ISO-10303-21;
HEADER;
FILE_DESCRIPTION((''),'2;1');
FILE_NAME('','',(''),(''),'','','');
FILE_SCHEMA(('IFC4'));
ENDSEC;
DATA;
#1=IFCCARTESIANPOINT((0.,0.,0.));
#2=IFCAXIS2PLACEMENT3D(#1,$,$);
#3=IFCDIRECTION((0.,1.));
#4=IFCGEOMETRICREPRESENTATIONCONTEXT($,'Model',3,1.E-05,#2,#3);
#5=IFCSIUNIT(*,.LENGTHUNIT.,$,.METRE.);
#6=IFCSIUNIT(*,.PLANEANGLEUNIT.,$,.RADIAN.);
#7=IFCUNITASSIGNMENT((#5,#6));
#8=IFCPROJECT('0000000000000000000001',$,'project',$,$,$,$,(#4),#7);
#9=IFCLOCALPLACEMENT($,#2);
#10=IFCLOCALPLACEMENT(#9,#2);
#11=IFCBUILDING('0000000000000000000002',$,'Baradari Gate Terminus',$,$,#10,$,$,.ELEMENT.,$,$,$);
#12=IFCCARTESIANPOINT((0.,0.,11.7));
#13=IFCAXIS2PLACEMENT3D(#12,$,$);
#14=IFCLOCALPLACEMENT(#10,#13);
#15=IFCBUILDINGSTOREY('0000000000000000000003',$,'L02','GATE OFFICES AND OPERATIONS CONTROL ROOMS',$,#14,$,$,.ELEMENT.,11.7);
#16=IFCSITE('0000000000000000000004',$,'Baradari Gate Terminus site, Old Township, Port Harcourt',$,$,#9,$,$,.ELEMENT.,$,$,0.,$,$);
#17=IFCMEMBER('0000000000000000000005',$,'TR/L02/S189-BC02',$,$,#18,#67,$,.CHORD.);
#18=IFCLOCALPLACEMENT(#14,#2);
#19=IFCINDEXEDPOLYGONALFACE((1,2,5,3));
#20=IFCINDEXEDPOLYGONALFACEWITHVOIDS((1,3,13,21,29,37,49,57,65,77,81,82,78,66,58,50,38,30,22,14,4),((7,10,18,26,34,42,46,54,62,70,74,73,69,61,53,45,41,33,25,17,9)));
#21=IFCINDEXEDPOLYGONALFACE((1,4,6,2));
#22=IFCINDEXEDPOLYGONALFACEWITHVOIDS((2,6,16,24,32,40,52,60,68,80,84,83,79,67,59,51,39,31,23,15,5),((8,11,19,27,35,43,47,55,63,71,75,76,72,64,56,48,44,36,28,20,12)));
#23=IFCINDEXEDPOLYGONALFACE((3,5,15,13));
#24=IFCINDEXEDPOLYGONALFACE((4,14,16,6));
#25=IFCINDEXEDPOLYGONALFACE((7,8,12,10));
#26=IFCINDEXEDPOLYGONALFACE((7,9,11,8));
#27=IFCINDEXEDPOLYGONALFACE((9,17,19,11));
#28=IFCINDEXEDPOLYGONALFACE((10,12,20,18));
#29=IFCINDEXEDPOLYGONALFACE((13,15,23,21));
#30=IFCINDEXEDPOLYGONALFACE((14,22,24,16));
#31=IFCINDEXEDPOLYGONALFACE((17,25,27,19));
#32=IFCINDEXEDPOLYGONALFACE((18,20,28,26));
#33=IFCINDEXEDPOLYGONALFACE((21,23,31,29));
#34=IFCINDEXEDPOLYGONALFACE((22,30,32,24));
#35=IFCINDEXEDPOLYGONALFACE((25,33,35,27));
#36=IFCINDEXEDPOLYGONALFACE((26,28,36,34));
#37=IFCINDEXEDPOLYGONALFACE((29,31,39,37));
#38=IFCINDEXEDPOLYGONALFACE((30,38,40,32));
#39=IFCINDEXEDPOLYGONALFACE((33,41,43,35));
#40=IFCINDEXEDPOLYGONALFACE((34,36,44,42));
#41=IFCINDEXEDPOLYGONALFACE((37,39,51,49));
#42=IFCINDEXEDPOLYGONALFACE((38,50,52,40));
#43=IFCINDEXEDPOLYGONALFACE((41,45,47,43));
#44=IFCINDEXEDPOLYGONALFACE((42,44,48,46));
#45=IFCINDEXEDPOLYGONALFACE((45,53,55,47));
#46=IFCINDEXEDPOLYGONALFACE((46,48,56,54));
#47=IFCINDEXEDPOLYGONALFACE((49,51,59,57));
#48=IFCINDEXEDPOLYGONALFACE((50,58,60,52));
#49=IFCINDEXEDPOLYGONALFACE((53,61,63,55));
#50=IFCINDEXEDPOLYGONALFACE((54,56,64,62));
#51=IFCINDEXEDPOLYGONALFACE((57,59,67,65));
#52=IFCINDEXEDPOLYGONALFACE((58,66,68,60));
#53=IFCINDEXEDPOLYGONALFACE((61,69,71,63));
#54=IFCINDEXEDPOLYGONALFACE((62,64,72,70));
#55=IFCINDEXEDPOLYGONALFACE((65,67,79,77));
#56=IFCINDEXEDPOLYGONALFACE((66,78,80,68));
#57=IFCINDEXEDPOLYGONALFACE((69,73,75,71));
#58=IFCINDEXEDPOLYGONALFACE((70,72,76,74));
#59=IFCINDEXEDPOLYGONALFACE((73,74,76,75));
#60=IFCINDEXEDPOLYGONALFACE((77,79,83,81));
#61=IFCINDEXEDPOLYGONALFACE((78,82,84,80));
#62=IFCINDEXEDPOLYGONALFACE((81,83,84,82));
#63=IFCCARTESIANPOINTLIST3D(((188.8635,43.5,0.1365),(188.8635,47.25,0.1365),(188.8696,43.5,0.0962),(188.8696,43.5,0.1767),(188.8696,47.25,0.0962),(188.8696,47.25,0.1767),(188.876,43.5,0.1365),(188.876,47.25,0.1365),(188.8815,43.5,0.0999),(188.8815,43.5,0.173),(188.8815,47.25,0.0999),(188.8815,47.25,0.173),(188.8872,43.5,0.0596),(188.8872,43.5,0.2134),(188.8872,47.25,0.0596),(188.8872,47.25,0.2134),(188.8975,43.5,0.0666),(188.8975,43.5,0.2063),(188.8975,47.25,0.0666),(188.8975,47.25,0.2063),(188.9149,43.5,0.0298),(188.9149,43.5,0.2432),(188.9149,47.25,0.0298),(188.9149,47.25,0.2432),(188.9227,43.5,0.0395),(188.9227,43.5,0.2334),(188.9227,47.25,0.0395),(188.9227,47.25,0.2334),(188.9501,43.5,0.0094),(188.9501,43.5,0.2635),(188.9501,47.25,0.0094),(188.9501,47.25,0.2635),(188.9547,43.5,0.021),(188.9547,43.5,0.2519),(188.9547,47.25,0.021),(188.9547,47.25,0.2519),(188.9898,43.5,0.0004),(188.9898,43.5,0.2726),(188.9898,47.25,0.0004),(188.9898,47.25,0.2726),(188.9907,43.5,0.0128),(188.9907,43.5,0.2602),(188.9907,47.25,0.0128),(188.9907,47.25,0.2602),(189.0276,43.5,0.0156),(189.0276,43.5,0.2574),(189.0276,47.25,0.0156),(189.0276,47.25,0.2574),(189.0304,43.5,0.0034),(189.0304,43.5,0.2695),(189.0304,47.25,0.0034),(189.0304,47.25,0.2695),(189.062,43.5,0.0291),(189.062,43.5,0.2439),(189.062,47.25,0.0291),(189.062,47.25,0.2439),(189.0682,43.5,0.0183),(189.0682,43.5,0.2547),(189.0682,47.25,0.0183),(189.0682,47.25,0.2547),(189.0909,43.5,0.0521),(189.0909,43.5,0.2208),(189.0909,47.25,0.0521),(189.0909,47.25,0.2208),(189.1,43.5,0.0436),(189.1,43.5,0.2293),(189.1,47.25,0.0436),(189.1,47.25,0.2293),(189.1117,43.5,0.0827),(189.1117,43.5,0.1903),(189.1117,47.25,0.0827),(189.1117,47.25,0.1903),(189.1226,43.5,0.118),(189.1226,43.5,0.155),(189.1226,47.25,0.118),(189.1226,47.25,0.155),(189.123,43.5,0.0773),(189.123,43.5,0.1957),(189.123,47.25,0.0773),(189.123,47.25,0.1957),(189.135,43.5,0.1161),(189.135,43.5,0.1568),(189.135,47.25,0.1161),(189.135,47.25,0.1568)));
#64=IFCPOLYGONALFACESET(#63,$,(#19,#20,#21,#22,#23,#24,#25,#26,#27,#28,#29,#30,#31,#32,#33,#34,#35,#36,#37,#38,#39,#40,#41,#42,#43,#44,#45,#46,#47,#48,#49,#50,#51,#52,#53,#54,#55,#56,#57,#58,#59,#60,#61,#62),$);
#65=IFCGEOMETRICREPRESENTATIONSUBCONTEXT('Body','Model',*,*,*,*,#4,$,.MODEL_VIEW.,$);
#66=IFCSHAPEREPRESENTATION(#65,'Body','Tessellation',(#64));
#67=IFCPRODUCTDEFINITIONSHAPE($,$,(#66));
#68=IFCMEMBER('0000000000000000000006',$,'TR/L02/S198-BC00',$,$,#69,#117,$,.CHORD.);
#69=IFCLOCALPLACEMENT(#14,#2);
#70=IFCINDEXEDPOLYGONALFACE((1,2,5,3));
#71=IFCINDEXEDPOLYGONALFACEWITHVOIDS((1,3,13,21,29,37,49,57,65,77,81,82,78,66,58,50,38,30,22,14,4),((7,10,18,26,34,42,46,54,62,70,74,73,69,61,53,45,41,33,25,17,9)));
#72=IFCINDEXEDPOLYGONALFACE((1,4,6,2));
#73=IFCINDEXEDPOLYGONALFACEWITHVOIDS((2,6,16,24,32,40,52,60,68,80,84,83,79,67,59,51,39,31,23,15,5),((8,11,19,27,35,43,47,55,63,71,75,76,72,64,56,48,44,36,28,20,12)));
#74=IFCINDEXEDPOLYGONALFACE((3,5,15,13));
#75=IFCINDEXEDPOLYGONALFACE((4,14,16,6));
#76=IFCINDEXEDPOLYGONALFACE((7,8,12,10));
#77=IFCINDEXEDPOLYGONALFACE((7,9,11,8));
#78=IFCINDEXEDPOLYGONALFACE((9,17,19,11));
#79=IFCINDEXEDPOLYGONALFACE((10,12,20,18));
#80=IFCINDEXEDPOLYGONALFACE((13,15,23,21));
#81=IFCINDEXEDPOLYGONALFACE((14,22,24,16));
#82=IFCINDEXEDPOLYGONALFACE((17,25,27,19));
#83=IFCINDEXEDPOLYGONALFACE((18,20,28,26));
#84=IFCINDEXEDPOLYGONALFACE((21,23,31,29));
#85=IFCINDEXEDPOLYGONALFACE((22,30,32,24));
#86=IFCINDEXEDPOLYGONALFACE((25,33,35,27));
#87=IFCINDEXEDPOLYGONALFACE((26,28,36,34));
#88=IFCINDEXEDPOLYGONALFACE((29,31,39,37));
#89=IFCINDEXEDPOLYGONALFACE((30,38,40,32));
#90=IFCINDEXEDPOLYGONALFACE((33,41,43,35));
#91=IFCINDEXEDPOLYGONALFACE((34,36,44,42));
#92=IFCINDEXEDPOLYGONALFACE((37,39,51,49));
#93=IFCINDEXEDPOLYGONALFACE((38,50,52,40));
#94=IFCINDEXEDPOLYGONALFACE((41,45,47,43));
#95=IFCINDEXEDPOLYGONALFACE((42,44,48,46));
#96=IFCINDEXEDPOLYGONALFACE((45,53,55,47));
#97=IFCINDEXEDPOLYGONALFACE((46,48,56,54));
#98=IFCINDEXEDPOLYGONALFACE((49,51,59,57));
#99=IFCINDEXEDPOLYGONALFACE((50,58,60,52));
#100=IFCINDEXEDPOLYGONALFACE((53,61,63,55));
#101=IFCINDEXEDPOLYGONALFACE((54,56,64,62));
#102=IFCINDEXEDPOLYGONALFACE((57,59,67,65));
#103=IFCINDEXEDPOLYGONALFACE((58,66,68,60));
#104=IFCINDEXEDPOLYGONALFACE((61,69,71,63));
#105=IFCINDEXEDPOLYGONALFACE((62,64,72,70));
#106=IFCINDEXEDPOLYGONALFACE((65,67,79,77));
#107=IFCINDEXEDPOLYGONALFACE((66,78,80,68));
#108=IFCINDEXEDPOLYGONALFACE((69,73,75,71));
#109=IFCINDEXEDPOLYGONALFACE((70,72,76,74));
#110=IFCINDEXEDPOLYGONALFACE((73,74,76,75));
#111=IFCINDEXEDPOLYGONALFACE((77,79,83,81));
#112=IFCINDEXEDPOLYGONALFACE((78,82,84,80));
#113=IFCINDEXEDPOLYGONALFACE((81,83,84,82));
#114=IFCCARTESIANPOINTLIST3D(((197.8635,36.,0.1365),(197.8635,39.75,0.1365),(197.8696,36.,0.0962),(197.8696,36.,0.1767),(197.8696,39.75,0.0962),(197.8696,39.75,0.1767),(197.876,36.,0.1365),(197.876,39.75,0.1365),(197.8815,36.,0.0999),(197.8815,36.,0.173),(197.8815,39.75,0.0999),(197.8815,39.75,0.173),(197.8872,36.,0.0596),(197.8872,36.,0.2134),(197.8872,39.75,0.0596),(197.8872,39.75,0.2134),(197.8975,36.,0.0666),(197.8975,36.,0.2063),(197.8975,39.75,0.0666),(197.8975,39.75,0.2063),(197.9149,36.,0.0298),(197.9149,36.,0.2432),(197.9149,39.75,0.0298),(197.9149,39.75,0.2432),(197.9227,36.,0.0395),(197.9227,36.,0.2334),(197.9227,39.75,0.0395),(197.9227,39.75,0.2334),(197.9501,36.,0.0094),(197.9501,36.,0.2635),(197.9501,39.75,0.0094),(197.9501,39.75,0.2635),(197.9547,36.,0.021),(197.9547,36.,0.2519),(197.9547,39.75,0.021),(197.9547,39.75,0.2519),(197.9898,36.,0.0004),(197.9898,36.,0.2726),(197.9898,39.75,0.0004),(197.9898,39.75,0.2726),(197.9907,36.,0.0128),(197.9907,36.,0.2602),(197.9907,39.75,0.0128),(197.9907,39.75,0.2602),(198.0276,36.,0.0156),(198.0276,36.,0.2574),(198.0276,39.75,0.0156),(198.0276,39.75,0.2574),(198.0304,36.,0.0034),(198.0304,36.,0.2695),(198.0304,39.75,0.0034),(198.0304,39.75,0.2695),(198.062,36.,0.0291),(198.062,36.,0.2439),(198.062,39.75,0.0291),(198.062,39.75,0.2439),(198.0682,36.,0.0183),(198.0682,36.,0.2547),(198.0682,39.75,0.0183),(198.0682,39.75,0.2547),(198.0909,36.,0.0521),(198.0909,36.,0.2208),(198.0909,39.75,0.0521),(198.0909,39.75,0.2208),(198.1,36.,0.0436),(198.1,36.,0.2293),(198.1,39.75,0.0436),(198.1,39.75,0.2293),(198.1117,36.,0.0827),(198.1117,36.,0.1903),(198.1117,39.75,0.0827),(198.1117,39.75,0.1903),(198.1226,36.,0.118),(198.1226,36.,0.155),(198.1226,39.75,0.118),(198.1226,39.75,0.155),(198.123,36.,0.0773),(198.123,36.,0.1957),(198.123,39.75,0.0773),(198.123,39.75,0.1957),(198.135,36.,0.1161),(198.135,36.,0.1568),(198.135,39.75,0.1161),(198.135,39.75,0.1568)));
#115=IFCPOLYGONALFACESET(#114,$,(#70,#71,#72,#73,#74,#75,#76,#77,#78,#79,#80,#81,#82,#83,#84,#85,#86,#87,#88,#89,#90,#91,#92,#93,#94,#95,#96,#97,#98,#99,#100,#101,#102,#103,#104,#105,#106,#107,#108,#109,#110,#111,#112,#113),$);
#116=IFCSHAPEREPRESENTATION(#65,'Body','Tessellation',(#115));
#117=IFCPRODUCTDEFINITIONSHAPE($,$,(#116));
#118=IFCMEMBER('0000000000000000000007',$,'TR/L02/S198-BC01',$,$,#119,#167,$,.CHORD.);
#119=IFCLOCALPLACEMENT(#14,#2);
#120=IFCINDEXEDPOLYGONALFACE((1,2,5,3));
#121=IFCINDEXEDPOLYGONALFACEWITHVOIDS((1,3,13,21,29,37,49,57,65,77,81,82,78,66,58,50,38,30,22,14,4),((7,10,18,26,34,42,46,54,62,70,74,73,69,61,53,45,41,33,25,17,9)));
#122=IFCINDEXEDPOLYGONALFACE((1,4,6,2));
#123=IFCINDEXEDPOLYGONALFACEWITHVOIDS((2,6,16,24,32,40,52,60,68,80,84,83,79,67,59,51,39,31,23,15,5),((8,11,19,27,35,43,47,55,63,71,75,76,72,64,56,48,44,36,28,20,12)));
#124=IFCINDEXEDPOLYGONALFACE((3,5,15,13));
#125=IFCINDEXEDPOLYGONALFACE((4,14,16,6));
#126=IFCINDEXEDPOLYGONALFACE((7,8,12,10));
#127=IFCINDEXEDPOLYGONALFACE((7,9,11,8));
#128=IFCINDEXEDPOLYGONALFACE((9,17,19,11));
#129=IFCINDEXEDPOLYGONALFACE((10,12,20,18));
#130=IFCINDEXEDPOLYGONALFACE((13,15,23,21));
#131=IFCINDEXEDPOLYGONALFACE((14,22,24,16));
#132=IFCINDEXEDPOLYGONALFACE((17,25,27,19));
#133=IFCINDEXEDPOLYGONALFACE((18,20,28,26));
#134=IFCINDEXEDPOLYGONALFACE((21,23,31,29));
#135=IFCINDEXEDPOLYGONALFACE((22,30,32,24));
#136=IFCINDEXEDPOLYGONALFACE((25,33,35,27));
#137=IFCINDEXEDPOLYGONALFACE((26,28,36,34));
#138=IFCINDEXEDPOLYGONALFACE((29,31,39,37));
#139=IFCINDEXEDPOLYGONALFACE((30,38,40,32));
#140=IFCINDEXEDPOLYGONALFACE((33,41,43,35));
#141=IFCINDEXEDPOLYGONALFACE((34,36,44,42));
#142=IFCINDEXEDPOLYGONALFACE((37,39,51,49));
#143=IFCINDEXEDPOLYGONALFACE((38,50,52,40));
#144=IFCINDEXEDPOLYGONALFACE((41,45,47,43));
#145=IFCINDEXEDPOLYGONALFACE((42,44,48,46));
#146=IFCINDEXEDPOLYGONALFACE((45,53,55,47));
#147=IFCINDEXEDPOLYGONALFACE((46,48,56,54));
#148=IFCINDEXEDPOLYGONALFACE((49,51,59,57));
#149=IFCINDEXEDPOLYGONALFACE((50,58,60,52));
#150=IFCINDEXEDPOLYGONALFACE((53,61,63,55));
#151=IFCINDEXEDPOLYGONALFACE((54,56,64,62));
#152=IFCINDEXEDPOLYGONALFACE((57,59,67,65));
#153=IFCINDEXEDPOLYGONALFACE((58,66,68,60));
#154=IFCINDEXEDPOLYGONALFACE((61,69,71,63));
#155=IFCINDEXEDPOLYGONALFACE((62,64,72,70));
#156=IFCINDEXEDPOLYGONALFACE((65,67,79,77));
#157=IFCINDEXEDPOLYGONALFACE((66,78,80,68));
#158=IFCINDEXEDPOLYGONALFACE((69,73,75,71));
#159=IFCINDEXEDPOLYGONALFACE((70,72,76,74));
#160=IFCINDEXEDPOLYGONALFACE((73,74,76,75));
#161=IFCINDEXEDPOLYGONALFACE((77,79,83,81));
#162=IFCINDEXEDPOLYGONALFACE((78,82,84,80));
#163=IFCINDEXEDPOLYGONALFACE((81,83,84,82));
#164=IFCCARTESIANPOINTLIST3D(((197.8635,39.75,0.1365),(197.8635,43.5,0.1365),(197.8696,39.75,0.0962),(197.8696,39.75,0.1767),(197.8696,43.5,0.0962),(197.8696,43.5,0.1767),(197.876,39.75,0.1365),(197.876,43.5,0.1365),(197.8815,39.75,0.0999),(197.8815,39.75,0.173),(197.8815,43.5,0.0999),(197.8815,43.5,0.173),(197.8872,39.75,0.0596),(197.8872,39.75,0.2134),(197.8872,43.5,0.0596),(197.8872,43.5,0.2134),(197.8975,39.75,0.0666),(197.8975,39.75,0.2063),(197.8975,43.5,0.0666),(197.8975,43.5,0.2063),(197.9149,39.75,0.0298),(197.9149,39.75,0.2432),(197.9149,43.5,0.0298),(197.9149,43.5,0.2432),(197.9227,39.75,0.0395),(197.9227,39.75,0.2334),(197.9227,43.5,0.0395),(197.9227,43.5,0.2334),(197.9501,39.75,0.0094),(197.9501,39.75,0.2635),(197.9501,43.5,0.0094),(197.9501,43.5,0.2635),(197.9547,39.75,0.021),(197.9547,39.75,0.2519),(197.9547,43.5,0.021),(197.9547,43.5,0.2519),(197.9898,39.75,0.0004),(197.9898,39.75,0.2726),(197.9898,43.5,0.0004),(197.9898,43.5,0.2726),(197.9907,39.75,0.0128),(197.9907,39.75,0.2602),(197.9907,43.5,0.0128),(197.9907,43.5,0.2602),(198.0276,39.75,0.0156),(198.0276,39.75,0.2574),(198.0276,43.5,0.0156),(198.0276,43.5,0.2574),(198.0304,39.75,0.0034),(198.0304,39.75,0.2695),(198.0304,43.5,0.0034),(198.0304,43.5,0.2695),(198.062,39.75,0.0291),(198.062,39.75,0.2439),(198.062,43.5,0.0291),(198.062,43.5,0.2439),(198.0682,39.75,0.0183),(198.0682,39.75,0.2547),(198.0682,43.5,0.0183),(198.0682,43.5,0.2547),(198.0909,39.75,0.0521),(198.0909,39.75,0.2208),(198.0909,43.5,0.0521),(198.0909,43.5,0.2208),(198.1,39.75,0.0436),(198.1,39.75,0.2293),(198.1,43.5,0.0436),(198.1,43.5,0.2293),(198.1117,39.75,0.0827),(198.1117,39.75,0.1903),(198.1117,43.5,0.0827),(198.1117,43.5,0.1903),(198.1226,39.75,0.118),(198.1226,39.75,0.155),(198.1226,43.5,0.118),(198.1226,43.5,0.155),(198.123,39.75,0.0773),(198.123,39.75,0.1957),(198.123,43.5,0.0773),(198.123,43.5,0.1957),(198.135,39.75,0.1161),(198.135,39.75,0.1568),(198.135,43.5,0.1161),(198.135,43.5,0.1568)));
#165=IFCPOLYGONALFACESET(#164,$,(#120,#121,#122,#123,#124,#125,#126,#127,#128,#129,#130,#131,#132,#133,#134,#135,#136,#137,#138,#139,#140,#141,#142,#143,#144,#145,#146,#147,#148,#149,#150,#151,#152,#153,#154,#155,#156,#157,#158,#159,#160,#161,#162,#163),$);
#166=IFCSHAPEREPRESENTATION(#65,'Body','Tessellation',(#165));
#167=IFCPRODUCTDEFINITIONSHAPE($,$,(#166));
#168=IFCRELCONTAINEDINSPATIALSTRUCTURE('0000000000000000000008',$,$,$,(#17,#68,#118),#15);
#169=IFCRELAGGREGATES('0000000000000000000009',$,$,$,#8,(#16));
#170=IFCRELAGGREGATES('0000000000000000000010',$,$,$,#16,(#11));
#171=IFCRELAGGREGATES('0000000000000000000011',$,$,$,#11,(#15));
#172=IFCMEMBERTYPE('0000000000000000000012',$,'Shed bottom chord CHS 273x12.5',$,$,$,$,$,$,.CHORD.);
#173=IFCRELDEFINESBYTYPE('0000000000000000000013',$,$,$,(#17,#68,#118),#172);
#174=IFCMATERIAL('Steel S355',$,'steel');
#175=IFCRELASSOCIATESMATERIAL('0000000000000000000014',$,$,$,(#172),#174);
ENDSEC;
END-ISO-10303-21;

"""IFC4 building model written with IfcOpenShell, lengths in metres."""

from ifc_helpers import new_model, si_unit, direction, frame, origin, origin_2d, place, context, subcontext, project, spatial, hollow_circle, extrude, material, material_profile, profile_set, type_object, element, save


model = new_model("IFC4")

# Units and contexts
model_context = context("Model", 3, precision=1e-05, world=origin(), true_north=direction((0.0, 1.0)))
body_context = subcontext(model_context, "Body", "Model", "MODEL_VIEW")
ifc_project = project(units=[si_unit("LENGTHUNIT", "METRE"), si_unit("PLANEANGLEUNIT", "RADIAN")], contexts=[model_context])

# Site, building, storey
site_placement = place(None, origin())
site = spatial("IfcSite", under=ifc_project, at=site_placement, Name="Baradari Gate Terminus site, Old Township, Port Harcourt", CompositionType="ELEMENT", RefElevation=0.0)
building_placement = place(site_placement, origin())
building = spatial("IfcBuilding", under=site, at=building_placement, Name="Baradari Gate Terminus", CompositionType="ELEMENT")
storey_placement = place(building_placement, frame((0.0, 0.0, 11.7)))
storey = spatial("IfcBuildingStorey", under=building, at=storey_placement, Name="L02", Description="GATE OFFICES AND OPERATIONS CONTROL ROOMS", CompositionType="ELEMENT", Elevation=11.7)

# Members
ifc_material_1 = material(Name="Steel S355", Category="steel")
ifc_material_profile_1 = material_profile(ifc_material_1, hollow_circle(Radius=0.1365, WallThickness=0.0125, at=origin_2d()), Name="CHS 273x12.5")
ifc_profile_set_1 = profile_set([ifc_material_profile_1], Name="Steel S355")
member_type_1 = type_object("IfcMemberType", Name="Shed bottom chord CHS 273x12.5", PredefinedType="CHORD", material=ifc_profile_set_1)
for number, where, z_axis, x_axis, name in (
    (1, (189.0, 43.5, 0.1365), (0.0, 1.0, 0.0), (-1.0, 0.0, 0.0), "TR/L02/S189-BC02"),
    (2, (198.0, 36.0, 0.1365), (0.0, 1.0, 0.0), (-1.0, 0.0, 0.0), "TR/L02/S198-BC00"),
    (3, (198.0, 39.75, 0.1365), (0.0, 1.0, 0.0), (-1.0, 0.0, 0.0), "TR/L02/S198-BC01"),
):
    element("IfcMember", number, at=place(storey_placement, frame(where, z_axis=z_axis, x_axis=x_axis)), inside=storey, type_object=member_type_1, Name=name, PredefinedType="CHORD", context=body_context, shape_type="SweptSolid", body=[
        extrude(hollow_circle(Radius=0.1365, WallThickness=0.0125, at=origin_2d()), origin(), (0.0, 0.0, 1.0), 3.75),
    ])

save(model, "model.ifc")
